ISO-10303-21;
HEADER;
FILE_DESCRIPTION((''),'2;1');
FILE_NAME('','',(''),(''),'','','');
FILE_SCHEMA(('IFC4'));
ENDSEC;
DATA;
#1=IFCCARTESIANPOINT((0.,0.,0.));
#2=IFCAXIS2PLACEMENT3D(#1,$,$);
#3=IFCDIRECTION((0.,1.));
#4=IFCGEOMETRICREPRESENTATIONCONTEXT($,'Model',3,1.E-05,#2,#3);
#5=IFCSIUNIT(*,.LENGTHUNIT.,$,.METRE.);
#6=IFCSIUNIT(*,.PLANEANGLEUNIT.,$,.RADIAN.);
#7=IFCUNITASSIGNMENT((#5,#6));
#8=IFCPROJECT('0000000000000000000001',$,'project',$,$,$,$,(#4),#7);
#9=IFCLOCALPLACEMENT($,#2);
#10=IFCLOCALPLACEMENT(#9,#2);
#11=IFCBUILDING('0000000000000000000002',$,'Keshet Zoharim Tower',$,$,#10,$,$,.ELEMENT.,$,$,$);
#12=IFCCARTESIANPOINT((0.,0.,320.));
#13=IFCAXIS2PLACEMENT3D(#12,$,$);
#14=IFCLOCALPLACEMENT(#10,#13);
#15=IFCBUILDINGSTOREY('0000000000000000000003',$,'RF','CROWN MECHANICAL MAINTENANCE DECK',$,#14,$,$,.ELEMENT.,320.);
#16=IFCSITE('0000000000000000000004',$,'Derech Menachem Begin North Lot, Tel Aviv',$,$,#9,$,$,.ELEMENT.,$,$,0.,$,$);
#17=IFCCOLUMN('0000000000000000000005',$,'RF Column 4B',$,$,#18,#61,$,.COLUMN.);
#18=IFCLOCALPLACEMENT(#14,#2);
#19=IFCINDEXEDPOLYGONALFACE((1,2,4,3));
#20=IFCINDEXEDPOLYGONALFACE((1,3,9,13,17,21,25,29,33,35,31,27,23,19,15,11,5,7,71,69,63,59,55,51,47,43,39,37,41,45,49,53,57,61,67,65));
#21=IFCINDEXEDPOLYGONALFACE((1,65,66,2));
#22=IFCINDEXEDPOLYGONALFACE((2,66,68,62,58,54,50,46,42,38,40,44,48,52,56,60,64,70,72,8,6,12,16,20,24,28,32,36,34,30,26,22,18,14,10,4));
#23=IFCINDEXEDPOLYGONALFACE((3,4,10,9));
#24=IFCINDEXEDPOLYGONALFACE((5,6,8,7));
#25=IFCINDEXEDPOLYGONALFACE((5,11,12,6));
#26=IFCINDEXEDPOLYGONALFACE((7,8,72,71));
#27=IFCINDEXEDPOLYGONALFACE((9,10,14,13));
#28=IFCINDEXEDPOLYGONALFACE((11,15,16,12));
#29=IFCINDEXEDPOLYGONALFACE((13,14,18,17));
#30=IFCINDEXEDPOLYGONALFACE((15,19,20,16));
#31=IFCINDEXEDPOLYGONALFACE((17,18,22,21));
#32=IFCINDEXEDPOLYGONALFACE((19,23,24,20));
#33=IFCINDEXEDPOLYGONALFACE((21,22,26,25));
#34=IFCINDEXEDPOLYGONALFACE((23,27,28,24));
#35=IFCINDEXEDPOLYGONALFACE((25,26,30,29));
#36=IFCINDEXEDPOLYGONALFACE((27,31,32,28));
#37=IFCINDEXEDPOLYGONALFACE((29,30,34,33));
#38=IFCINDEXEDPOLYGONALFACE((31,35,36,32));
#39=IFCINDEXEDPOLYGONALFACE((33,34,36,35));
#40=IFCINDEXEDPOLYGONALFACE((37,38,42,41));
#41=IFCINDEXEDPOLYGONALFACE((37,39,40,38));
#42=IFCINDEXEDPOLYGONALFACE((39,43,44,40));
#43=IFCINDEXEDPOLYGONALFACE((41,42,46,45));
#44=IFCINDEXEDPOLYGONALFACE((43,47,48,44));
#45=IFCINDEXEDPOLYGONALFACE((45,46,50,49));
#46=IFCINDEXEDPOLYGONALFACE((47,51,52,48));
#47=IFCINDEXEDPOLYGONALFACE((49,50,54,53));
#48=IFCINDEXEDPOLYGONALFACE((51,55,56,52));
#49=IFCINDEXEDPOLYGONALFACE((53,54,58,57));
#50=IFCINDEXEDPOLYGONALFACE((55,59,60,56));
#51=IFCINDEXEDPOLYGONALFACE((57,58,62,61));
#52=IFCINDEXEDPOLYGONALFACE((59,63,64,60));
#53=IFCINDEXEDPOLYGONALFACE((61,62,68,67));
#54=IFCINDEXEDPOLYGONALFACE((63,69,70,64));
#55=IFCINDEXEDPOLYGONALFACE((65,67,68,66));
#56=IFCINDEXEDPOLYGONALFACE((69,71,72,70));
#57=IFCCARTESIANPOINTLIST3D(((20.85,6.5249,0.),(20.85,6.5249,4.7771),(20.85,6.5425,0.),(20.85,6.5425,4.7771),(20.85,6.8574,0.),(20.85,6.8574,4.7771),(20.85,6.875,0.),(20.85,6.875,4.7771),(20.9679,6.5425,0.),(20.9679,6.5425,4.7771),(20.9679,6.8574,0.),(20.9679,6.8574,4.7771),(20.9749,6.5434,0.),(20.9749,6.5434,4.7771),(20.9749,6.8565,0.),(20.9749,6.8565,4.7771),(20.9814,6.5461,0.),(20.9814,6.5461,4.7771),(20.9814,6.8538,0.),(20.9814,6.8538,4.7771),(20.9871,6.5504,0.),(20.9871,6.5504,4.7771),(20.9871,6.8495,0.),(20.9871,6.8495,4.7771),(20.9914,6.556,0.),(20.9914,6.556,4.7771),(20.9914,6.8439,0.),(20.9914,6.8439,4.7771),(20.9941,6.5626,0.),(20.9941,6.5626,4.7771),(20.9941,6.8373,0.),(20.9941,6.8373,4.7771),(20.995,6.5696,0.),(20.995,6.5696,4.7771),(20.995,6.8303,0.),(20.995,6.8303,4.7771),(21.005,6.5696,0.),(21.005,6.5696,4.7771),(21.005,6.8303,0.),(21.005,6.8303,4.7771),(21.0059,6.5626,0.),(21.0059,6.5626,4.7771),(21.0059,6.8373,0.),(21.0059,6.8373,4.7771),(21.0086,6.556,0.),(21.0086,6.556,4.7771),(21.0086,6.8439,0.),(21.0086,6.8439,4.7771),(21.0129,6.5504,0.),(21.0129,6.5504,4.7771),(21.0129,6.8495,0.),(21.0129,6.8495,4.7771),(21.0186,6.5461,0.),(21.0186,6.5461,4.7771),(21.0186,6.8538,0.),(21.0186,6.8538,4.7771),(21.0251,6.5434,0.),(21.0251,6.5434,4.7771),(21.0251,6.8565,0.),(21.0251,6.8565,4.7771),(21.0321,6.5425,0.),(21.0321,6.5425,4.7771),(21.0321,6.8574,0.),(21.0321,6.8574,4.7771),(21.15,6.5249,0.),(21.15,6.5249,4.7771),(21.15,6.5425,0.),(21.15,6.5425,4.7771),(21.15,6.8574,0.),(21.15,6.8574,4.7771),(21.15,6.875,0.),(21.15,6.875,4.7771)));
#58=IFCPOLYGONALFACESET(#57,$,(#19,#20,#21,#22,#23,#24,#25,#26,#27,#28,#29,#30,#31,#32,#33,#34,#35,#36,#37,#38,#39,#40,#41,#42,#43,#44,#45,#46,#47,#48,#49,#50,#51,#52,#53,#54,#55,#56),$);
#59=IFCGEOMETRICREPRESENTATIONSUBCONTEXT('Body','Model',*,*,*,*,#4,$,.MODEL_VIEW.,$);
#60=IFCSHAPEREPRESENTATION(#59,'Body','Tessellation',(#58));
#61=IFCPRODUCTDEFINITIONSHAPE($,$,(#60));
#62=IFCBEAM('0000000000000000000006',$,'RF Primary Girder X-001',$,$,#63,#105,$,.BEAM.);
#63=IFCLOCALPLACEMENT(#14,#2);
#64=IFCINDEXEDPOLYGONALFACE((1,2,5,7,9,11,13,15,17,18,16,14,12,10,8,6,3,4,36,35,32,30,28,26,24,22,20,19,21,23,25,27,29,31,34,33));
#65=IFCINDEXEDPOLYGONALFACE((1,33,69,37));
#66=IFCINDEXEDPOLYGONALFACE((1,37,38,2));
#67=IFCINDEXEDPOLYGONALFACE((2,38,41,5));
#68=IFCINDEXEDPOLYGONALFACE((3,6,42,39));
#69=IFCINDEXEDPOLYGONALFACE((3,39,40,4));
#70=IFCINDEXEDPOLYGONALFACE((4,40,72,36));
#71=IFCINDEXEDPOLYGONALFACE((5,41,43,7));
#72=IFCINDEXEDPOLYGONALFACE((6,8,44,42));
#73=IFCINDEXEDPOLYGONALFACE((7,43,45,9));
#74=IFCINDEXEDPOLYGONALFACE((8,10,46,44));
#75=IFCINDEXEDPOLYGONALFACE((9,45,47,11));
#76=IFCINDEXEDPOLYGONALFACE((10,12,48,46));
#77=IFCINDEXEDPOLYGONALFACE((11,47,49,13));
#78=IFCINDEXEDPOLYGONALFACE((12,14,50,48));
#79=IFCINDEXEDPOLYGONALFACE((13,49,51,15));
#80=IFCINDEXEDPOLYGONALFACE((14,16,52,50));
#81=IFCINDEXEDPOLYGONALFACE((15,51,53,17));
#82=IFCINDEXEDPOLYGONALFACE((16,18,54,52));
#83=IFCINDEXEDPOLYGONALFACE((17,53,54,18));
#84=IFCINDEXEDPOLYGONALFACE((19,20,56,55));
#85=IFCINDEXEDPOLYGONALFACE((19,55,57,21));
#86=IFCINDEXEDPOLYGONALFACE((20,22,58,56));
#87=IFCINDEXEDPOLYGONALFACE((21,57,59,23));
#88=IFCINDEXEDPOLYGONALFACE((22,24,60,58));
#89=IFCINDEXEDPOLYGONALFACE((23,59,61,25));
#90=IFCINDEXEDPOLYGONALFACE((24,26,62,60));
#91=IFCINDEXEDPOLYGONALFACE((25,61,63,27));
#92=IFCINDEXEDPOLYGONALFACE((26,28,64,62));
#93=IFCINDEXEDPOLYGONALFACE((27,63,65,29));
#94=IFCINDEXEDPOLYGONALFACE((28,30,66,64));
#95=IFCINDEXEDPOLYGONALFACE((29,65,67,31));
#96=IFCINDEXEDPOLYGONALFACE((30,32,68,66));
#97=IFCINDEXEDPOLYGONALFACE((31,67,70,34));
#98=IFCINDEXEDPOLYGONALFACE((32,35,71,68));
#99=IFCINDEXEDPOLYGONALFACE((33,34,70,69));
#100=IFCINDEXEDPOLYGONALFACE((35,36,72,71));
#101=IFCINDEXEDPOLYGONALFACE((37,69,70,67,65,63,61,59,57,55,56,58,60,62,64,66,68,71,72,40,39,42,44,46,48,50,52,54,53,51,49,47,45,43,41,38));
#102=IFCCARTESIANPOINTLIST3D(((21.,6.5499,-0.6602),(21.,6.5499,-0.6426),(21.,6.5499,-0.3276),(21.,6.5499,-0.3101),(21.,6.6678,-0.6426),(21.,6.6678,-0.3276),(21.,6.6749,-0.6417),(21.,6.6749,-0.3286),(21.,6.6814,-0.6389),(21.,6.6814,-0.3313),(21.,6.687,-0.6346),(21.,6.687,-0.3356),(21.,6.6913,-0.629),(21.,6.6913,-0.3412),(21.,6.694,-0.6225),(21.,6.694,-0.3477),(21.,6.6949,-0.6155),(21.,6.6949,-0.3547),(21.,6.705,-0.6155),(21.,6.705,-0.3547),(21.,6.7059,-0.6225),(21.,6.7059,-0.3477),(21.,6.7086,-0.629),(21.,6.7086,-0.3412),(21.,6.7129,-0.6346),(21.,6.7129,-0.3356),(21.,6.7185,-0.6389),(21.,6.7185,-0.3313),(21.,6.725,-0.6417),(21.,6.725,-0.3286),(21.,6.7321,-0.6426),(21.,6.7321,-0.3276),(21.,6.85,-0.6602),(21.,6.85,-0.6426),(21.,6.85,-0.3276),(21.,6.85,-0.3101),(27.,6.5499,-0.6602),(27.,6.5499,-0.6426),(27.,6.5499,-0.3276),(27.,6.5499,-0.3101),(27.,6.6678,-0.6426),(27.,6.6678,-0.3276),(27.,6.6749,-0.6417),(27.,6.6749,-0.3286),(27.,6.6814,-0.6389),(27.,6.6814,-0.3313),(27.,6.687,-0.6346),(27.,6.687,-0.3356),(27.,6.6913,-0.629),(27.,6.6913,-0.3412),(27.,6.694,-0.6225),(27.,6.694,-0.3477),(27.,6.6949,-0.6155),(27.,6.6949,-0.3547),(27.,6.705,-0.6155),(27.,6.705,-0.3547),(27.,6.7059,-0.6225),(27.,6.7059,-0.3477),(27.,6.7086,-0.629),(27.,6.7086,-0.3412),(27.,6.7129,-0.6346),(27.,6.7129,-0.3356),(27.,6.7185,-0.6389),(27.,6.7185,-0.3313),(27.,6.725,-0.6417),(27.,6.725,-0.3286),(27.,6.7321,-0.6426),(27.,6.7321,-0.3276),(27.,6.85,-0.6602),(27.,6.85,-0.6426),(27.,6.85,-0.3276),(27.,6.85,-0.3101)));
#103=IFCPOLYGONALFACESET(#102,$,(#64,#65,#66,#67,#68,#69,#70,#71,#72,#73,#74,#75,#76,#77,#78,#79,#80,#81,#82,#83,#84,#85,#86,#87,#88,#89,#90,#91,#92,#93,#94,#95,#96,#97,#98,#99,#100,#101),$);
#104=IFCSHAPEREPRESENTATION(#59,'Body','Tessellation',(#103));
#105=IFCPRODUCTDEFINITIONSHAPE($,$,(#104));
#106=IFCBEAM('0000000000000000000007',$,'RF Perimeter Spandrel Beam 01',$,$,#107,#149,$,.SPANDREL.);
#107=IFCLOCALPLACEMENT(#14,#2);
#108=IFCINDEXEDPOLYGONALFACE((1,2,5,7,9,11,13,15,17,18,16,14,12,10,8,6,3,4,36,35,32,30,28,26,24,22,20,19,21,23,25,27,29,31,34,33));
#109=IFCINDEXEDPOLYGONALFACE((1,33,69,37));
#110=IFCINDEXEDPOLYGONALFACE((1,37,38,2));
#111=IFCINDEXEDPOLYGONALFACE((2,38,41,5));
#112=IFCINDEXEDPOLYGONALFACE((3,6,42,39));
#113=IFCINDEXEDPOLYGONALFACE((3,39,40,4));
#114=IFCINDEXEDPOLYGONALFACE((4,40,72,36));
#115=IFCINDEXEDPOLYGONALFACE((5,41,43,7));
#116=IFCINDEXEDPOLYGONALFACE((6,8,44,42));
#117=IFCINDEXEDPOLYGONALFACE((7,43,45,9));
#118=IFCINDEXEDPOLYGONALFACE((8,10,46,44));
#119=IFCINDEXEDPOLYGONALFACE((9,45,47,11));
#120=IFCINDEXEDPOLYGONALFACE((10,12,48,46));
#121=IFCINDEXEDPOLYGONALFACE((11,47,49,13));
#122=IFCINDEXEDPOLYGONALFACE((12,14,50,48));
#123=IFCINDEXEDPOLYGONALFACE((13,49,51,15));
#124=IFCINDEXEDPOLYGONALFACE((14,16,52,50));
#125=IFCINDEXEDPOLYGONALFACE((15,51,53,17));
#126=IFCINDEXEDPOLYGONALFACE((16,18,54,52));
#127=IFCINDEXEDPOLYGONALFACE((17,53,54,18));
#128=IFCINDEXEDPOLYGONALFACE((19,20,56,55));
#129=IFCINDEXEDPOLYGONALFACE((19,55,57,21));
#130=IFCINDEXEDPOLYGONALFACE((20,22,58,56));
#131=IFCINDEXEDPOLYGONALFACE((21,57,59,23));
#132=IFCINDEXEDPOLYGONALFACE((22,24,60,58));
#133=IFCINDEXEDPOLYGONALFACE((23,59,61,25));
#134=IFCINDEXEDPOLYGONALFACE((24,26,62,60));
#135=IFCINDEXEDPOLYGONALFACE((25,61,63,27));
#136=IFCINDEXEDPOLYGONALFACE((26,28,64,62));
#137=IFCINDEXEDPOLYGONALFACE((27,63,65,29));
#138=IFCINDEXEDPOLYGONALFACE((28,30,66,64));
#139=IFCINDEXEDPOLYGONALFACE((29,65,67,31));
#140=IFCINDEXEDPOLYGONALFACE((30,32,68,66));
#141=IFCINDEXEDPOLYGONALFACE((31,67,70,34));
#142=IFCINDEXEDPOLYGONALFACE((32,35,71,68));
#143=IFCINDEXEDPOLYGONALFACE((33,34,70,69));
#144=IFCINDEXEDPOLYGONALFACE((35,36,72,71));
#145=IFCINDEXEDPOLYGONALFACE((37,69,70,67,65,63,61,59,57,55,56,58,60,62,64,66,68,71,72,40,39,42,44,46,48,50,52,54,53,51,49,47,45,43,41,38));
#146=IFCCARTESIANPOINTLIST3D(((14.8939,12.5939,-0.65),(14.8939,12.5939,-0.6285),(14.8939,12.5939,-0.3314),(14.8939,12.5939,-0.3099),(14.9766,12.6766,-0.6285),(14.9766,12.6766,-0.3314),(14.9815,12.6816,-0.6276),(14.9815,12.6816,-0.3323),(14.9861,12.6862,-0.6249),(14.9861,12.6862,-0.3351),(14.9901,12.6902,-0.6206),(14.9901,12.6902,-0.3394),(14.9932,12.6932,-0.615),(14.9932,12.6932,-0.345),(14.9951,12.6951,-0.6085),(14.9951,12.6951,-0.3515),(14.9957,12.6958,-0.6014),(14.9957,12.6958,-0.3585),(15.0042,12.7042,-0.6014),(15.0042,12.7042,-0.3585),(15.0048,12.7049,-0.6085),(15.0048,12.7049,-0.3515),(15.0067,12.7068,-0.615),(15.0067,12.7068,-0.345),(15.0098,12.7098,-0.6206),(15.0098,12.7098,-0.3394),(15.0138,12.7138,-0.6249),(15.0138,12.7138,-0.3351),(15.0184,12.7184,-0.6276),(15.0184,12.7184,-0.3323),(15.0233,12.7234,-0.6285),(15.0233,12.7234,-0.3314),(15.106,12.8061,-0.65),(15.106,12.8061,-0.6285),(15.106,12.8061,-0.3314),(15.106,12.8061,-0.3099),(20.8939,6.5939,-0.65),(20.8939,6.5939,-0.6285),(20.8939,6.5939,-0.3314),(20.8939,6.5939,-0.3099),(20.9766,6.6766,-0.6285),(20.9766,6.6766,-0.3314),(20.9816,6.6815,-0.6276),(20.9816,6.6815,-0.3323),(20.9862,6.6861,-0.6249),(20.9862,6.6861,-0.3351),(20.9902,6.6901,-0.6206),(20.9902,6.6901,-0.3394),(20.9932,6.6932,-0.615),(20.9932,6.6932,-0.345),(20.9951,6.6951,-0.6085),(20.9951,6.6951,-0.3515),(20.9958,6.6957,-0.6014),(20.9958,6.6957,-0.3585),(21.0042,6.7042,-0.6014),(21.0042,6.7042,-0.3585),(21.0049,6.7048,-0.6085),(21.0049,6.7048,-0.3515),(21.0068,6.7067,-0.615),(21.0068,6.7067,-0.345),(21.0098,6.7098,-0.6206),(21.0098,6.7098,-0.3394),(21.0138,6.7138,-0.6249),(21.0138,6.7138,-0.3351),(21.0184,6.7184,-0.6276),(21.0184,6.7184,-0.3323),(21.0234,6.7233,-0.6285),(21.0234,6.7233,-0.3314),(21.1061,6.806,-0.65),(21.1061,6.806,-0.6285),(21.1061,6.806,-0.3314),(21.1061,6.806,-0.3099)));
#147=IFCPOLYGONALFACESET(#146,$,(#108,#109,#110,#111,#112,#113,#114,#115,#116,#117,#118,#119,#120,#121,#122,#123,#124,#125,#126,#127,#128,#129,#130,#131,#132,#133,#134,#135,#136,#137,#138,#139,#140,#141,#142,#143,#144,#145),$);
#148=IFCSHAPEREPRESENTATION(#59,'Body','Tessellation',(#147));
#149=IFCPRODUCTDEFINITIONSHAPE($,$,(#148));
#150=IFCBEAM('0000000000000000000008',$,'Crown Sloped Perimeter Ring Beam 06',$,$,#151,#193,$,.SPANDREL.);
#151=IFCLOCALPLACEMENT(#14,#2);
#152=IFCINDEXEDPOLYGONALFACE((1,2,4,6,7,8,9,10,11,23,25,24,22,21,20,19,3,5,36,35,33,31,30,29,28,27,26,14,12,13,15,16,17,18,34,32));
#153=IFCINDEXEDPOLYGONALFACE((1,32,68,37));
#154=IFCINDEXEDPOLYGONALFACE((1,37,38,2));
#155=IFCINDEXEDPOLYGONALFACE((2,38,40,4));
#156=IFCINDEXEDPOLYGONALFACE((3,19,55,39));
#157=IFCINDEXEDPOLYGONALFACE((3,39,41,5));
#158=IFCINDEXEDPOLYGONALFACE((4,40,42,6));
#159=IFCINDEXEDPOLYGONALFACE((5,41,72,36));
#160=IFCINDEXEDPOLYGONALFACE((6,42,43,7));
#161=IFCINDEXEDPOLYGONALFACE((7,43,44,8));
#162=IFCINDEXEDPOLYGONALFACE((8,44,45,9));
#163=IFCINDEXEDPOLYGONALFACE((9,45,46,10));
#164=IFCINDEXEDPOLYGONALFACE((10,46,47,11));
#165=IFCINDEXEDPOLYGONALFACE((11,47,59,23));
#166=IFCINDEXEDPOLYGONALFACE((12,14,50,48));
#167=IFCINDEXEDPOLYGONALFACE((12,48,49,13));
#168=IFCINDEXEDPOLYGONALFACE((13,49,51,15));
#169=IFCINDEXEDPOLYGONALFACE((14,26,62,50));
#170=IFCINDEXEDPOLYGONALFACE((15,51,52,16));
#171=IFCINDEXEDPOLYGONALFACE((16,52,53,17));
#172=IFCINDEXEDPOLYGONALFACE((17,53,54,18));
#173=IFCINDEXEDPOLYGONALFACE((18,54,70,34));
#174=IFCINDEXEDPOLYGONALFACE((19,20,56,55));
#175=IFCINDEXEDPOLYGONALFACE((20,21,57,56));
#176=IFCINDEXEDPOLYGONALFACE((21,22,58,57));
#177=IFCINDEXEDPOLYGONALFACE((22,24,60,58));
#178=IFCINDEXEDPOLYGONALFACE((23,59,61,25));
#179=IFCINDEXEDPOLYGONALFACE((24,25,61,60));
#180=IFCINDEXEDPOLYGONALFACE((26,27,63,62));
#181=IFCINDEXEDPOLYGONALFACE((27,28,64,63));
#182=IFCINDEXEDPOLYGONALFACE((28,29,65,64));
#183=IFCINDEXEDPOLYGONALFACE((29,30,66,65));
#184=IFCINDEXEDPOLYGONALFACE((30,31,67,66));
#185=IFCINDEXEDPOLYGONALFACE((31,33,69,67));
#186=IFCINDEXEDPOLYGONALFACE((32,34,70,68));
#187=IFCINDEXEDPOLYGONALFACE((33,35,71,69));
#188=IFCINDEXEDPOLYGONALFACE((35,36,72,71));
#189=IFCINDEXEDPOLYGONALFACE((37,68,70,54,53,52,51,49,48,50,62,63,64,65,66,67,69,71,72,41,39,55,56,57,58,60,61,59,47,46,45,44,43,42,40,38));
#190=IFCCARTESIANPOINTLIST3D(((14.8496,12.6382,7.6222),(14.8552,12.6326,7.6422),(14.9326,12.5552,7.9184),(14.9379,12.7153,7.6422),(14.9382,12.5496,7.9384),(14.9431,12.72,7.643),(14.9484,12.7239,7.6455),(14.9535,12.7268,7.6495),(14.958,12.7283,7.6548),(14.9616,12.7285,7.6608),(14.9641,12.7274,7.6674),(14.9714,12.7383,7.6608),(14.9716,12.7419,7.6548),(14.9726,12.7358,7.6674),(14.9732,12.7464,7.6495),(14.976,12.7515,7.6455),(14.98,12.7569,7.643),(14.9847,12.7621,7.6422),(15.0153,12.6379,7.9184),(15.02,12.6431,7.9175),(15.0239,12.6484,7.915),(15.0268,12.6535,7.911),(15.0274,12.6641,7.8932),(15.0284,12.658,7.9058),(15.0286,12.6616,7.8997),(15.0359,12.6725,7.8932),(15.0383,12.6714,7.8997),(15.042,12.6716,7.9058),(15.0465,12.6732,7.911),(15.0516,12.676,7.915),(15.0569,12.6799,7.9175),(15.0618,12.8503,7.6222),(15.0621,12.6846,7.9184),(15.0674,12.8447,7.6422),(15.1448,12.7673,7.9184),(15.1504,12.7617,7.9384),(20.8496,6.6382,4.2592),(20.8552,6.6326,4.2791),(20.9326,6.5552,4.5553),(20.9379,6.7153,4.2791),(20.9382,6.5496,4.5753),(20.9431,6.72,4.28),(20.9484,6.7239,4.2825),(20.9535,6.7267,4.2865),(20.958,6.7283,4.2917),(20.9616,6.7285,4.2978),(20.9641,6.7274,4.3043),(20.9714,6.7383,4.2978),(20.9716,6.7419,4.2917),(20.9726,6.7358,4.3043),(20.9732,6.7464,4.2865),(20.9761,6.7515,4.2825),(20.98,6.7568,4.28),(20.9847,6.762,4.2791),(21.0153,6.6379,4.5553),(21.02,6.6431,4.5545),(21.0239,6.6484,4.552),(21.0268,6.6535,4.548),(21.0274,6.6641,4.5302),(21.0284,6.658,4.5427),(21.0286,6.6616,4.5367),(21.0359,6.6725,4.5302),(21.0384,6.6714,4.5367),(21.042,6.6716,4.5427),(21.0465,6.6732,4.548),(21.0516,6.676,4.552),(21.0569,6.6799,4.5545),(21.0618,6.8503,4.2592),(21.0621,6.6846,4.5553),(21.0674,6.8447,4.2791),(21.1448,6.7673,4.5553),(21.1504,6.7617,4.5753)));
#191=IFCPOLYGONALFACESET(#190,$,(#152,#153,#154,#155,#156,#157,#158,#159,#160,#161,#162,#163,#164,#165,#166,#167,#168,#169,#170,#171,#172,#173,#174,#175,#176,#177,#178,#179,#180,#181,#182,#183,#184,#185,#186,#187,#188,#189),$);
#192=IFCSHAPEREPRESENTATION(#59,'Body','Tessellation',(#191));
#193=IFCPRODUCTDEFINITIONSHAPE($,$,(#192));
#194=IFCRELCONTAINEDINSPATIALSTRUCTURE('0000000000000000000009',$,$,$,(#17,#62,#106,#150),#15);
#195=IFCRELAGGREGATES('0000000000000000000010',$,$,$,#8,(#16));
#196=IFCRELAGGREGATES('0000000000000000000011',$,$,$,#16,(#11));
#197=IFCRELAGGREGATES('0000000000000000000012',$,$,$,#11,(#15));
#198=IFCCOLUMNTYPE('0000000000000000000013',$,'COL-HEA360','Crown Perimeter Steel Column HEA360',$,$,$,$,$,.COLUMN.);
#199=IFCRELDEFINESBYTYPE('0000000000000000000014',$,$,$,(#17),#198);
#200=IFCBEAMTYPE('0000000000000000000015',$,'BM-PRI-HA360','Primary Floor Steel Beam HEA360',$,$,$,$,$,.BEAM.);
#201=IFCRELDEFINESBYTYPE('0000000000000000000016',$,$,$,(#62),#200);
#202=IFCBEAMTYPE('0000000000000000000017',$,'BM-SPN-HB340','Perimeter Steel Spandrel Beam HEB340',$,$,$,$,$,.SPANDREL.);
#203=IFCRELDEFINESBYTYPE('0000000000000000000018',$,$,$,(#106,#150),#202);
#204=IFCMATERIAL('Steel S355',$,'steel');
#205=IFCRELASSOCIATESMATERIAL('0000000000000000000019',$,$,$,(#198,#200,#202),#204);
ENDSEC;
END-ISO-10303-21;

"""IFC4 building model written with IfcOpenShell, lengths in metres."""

from ifc_helpers import new_model, si_unit, direction, frame, origin, origin_2d, place, context, subcontext, project, spatial, i_section, extrude, material, material_profile, profile_set, type_object, element, save


model = new_model("IFC4")

# Units and contexts
model_context = context("Model", 3, precision=1e-05, world=origin(), true_north=direction((0.0, 1.0)))
body_context = subcontext(model_context, "Body", "Model", "MODEL_VIEW")
ifc_project = project(units=[si_unit("LENGTHUNIT", "METRE"), si_unit("PLANEANGLEUNIT", "RADIAN")], contexts=[model_context])

# Site, building, storey
site_placement = place(None, origin())
site = spatial("IfcSite", under=ifc_project, at=site_placement, Name="Derech Menachem Begin North Lot, Tel Aviv", CompositionType="ELEMENT", RefElevation=0.0)
building_placement = place(site_placement, origin())
building = spatial("IfcBuilding", under=site, at=building_placement, Name="Keshet Zoharim Tower", CompositionType="ELEMENT")
storey_placement = place(building_placement, frame((0.0, 0.0, 320.0)))
storey = spatial("IfcBuildingStorey", under=building, at=storey_placement, Name="RF", Description="CROWN MECHANICAL MAINTENANCE DECK", CompositionType="ELEMENT", Elevation=320.0)

# Column
ifc_material_1 = material(Name="Steel S355", Category="steel")
ifc_material_profile_1 = material_profile(ifc_material_1, i_section(OverallWidth=0.3, OverallDepth=0.3501, WebThickness=0.01, FlangeThickness=0.0176, FilletRadius=0.0271, at=origin_2d()), Name="HEA360")
ifc_profile_set_1 = profile_set([ifc_material_profile_1], Name="Steel S355")
column_type = type_object("IfcColumnType", Name="COL-HEA360", Description="Crown Perimeter Steel Column HEA360", PredefinedType="COLUMN", material=ifc_profile_set_1)
column_placement = place(storey_placement, frame((21.0, 6.7, 0.0), z_axis=(0.0, 0.0, 1.0), x_axis=(1.0, 0.0, 0.0)))
element("IfcColumn", 1, at=column_placement, inside=storey, type_object=column_type, Name="RF Column 4B", PredefinedType="COLUMN", context=body_context, shape_type="SweptSolid", body=[
    extrude(i_section(OverallWidth=0.3, OverallDepth=0.3501, WebThickness=0.01, FlangeThickness=0.0176, FilletRadius=0.0271, at=origin_2d()), origin(), (0.0, 0.0, 1.0), 4.7771),
])

# Beams
ifc_material_profile_2 = material_profile(ifc_material_1, i_section(OverallWidth=0.3, OverallDepth=0.3501, WebThickness=0.01, FlangeThickness=0.0176, FilletRadius=0.0271, at=origin_2d()), Name="HEA360")
ifc_profile_set_2 = profile_set([ifc_material_profile_2], Name="Steel S355")
beam_type_1 = type_object("IfcBeamType", Name="BM-PRI-HA360", Description="Primary Floor Steel Beam HEA360", PredefinedType="BEAM", material=ifc_profile_set_2)
beam_1_placement = place(storey_placement, frame((21.0, 6.7, -0.4851), z_axis=(1.0, 0.0, 0.0), x_axis=(0.0, 1.0, 0.0)))
element("IfcBeam", 2, at=beam_1_placement, inside=storey, type_object=beam_type_1, Name="RF Primary Girder X-001", PredefinedType="BEAM", context=body_context, shape_type="SweptSolid", body=[
    extrude(i_section(OverallWidth=0.3, OverallDepth=0.3501, WebThickness=0.01, FlangeThickness=0.0176, FilletRadius=0.0271, at=origin_2d()), origin(), (0.0, 0.0, 1.0), 6.0),
])
ifc_material_profile_3 = material_profile(ifc_material_1, i_section(OverallWidth=0.3, OverallDepth=0.3401, WebThickness=0.012, FlangeThickness=0.0215, FilletRadius=0.0271, at=origin_2d()), Name="HEB340")
ifc_profile_set_3 = profile_set([ifc_material_profile_3], Name="Steel S355")
beam_type_2 = type_object("IfcBeamType", Name="BM-SPN-HB340", Description="Perimeter Steel Spandrel Beam HEB340", PredefinedType="SPANDREL", material=ifc_profile_set_3)
beam_2_placement = place(storey_placement, frame((21.0, 6.7, -0.48), z_axis=(-0.707107, 0.707107, 0.0), x_axis=(-0.707107, -0.707107, 0.0)))
element("IfcBeam", 3, at=beam_2_placement, inside=storey, type_object=beam_type_2, Name="RF Perimeter Spandrel Beam 01", PredefinedType="SPANDREL", context=body_context, shape_type="SweptSolid", body=[
    extrude(i_section(OverallWidth=0.3, OverallDepth=0.3401, WebThickness=0.012, FlangeThickness=0.0215, FilletRadius=0.0271, at=origin_2d()), origin(), (0.0, 0.0, 1.0), 8.4854),
])
beam_3_placement = place(storey_placement, frame((21.0, 6.7, 4.4172), z_axis=(-0.657359, 0.657359, 0.368454), x_axis=(-0.707107, -0.707107, 0.0)))
element("IfcBeam", 4, at=beam_3_placement, inside=storey, type_object=beam_type_2, Name="Crown Sloped Perimeter Ring Beam 06", PredefinedType="SPANDREL", context=body_context, shape_type="SweptSolid", body=[
    extrude(i_section(OverallWidth=0.3, OverallDepth=0.3401, WebThickness=0.012, FlangeThickness=0.0215, FilletRadius=0.0271, at=origin_2d()), origin(), (0.0, 0.0, 1.0), 9.1274),
])

save(model, "model.ifc")
